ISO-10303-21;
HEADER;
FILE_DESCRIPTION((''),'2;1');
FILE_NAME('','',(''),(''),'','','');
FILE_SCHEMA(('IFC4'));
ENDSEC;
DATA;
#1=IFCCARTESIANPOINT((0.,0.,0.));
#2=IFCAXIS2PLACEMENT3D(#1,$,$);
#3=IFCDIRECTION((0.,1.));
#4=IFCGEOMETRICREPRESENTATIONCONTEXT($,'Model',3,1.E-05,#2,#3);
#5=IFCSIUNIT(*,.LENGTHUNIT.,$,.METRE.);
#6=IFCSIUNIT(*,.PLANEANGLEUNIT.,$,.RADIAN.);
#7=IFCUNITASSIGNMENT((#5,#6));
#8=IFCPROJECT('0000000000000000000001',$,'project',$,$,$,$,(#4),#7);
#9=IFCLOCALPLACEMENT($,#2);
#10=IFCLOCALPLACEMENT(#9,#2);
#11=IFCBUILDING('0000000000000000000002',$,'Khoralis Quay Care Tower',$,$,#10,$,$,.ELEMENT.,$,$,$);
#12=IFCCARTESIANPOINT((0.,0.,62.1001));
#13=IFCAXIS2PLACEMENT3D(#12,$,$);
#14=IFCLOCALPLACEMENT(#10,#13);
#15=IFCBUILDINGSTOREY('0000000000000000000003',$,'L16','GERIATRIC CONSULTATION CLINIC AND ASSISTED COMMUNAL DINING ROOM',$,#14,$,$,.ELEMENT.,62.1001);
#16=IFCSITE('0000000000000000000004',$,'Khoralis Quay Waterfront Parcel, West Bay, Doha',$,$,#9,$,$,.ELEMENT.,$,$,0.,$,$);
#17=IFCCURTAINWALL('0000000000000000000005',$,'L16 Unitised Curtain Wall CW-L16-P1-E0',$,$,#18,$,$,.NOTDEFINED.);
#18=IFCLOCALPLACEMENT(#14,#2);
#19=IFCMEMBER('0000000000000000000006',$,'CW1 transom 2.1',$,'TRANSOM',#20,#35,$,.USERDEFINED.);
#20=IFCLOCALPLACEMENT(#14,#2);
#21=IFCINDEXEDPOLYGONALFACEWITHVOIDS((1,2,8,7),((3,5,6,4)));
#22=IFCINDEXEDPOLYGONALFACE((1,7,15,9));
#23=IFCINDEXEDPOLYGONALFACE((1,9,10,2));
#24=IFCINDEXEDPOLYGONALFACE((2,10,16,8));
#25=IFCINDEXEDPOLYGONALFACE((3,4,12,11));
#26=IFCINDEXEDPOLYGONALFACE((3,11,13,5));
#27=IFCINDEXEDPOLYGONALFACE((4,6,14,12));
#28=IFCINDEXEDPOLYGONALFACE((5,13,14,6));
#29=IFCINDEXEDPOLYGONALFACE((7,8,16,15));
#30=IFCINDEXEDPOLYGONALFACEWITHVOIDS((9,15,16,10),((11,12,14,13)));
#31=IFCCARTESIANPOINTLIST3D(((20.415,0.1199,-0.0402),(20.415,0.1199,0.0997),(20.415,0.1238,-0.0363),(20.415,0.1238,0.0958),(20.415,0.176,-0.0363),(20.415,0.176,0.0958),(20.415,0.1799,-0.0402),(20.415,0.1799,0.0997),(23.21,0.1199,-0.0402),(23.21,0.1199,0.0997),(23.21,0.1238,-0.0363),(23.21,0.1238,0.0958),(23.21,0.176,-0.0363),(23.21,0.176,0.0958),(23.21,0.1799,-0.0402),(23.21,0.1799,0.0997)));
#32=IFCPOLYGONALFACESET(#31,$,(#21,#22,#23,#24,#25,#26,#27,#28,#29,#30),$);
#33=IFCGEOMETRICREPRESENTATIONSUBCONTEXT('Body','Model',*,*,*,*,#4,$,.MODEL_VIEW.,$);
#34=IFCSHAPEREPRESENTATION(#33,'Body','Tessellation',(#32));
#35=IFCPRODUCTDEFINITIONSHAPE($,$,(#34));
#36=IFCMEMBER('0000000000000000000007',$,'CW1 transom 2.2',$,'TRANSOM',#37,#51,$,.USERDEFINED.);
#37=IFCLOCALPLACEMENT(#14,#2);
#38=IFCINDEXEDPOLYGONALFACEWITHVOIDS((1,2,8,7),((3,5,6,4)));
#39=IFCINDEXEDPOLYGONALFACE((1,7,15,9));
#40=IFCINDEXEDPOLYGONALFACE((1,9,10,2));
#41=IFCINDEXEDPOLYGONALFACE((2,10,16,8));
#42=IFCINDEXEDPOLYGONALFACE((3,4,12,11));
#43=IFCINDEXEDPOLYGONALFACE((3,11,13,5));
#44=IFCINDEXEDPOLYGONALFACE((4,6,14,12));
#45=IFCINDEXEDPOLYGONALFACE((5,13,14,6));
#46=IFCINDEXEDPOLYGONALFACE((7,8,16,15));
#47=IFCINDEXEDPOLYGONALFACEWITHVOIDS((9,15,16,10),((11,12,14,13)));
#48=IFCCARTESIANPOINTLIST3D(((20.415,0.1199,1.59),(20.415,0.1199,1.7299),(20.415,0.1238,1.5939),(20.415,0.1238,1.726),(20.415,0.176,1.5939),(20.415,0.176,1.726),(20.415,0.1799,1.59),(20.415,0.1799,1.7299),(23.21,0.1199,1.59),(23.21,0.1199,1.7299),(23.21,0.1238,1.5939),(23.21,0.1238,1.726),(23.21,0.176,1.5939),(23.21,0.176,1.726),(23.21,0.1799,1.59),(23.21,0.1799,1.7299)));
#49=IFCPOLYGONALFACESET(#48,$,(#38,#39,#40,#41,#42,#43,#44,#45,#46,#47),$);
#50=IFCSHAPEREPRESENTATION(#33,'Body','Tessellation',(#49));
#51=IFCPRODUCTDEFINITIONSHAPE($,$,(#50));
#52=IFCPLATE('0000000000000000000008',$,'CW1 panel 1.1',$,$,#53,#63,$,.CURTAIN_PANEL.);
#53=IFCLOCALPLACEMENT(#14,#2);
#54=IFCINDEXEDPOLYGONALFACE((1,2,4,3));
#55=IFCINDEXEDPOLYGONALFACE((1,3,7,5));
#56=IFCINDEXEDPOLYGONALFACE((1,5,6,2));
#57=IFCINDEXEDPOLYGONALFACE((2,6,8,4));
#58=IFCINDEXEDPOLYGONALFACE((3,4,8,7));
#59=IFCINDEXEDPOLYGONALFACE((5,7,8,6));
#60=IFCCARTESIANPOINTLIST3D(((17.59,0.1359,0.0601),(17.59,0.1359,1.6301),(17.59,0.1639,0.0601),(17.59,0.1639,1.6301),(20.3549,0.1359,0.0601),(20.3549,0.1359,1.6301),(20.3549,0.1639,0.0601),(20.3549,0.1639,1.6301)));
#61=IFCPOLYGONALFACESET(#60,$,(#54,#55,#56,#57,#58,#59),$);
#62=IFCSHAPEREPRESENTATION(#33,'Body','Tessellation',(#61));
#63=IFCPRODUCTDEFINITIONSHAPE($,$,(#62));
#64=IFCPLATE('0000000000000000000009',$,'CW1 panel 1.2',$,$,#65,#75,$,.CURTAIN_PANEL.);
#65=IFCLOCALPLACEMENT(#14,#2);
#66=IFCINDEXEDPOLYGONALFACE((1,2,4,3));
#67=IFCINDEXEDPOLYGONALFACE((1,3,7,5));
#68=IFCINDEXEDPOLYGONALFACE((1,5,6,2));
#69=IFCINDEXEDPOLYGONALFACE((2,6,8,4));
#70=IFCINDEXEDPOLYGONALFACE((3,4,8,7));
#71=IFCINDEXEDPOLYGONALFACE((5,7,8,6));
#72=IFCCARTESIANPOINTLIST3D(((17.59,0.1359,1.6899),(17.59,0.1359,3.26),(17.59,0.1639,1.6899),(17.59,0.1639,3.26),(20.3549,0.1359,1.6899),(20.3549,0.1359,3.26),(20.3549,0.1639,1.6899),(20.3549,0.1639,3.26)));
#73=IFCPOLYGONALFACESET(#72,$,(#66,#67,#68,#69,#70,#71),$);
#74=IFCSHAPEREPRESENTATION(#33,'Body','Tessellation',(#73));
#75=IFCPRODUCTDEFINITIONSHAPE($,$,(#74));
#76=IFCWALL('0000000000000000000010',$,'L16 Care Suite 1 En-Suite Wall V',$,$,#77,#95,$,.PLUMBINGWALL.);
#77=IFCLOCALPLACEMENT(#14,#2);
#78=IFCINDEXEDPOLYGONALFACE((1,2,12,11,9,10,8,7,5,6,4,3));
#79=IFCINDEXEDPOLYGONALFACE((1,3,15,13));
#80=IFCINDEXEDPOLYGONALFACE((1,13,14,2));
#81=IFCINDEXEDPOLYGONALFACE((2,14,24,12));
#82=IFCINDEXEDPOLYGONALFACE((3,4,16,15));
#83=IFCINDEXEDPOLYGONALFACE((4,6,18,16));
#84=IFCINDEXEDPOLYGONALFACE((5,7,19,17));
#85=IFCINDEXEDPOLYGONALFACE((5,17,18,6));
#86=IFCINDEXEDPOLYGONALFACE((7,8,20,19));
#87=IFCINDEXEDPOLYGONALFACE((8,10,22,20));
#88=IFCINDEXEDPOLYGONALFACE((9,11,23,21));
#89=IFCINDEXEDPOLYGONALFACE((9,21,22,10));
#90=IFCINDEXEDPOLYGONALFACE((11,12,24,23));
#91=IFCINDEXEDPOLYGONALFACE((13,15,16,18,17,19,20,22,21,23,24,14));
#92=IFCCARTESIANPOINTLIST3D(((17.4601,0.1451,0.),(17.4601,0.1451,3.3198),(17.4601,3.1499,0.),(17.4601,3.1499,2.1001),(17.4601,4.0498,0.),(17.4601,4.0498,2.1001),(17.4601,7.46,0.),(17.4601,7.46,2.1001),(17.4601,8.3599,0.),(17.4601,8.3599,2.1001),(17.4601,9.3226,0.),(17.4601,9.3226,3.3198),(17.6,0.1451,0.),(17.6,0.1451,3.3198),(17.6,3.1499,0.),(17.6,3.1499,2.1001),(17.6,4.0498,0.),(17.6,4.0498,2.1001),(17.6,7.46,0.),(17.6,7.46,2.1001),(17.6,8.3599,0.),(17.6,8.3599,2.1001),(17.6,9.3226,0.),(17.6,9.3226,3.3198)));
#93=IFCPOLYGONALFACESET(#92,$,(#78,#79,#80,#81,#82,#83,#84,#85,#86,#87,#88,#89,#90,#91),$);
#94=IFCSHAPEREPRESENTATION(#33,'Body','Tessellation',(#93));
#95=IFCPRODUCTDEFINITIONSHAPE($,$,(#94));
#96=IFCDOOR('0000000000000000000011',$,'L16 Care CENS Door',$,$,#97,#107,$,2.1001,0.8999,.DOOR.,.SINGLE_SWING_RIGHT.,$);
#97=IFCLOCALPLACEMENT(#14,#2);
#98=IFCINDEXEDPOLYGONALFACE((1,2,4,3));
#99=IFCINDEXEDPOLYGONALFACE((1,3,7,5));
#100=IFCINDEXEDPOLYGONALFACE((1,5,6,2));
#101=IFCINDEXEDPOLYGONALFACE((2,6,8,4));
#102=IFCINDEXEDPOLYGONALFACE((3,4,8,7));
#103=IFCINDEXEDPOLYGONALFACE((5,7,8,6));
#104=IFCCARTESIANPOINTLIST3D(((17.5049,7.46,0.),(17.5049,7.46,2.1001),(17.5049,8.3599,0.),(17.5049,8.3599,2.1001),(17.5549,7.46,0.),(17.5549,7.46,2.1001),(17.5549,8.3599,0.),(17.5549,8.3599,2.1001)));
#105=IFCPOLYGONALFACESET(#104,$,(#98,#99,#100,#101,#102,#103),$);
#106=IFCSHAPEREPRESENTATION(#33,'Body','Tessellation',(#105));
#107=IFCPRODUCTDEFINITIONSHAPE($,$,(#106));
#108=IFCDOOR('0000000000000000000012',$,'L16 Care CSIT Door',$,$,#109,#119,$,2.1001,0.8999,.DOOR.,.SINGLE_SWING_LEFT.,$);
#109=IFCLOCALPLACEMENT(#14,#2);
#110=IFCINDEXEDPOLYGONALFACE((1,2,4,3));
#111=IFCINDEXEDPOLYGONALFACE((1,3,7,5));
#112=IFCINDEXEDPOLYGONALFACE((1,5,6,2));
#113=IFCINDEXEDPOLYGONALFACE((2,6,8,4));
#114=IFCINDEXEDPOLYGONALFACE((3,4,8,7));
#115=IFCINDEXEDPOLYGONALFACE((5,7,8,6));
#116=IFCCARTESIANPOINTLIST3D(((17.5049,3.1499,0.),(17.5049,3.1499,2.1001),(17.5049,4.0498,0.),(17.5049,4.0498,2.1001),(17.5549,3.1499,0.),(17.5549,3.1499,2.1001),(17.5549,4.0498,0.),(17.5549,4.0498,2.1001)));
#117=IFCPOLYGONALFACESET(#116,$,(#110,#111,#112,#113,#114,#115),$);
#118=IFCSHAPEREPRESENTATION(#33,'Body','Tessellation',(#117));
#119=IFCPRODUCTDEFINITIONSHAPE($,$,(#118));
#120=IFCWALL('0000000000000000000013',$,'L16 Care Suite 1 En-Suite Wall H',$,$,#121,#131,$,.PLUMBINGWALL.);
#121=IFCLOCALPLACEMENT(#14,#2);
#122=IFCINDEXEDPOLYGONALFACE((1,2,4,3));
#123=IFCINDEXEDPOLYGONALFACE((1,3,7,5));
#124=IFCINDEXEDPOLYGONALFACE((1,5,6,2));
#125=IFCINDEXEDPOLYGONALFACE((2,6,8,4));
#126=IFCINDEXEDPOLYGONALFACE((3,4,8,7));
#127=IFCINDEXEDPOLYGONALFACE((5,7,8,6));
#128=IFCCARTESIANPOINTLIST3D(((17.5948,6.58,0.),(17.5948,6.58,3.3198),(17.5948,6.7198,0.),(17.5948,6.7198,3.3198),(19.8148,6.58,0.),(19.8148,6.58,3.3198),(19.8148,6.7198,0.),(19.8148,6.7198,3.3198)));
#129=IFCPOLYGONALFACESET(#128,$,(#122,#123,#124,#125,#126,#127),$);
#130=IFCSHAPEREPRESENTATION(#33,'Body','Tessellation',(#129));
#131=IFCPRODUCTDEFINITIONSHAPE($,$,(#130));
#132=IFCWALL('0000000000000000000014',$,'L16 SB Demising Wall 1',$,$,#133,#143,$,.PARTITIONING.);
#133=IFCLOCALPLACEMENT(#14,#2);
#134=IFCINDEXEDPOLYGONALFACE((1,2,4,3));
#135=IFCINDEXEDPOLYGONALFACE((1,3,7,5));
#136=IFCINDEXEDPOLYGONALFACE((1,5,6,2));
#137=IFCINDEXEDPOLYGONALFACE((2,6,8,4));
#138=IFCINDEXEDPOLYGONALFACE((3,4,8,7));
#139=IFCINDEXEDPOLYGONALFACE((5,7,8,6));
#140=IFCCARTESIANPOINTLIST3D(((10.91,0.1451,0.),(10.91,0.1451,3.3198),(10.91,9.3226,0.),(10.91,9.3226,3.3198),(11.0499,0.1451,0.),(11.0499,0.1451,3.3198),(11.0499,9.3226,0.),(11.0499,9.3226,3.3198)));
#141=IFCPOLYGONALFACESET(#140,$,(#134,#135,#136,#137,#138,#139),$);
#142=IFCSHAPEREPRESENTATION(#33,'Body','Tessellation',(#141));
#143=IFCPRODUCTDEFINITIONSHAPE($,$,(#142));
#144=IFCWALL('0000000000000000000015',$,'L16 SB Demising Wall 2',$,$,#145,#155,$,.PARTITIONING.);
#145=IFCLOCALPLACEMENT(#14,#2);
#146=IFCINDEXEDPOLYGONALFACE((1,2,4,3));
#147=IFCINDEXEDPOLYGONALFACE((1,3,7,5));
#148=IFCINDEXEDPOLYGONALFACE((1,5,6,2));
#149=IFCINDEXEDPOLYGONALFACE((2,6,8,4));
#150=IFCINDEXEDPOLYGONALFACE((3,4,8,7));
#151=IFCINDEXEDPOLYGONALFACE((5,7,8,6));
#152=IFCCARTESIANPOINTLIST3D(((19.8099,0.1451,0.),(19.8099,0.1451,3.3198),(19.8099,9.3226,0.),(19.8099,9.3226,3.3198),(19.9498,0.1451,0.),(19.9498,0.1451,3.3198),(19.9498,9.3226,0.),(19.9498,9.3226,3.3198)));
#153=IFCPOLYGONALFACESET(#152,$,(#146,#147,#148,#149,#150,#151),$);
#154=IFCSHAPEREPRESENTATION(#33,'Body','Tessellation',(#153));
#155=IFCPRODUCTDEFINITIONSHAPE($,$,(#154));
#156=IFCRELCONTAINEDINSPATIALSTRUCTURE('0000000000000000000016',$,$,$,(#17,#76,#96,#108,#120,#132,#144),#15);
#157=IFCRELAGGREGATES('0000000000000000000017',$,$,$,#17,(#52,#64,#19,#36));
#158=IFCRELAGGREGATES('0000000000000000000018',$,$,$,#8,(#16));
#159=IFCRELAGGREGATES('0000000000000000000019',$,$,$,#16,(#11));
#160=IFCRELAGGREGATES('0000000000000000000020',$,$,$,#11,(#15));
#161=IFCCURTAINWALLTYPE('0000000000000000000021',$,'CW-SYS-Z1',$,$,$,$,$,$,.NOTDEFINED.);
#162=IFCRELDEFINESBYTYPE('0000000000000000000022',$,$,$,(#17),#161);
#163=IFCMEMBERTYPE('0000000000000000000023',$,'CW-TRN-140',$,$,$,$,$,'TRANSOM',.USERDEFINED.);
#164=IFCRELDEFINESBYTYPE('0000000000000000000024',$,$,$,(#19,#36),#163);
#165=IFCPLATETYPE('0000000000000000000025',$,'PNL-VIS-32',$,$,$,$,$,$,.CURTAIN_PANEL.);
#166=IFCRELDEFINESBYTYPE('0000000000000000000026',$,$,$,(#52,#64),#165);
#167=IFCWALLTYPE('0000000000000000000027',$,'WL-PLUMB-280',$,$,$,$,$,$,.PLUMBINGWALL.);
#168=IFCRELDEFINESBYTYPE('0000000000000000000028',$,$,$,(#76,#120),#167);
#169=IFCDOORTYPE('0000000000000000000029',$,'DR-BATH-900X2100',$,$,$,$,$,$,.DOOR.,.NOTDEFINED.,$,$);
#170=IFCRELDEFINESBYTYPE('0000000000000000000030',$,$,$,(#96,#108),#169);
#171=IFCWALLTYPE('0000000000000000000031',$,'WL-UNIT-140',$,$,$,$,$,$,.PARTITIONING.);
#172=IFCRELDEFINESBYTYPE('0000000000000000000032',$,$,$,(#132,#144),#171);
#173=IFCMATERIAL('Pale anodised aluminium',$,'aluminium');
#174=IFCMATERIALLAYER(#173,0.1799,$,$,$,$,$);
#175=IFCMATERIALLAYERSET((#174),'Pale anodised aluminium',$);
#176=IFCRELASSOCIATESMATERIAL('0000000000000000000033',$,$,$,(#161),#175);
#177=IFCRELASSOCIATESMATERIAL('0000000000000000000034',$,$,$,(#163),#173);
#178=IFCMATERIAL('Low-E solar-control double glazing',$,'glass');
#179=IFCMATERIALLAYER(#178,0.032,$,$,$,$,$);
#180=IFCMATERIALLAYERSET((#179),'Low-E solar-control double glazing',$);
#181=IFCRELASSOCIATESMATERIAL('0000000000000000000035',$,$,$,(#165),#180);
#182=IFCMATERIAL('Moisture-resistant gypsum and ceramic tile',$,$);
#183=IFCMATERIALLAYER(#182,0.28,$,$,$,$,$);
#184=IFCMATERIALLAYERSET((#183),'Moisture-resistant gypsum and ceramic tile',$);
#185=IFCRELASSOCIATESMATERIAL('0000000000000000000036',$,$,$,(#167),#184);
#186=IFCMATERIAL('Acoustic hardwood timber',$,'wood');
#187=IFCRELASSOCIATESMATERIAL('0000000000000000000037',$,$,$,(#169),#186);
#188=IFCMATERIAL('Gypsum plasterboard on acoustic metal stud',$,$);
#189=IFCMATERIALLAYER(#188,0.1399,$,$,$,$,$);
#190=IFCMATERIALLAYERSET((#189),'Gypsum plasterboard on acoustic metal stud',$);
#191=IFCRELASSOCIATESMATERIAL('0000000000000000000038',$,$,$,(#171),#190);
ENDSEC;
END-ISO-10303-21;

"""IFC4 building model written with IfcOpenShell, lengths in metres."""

from ifc_helpers import new_model, si_unit, direction, frame, frame_2d, origin, origin_2d, place, context, subcontext, project, spatial, rectangle, hollow_rectangle, extrude, source, transform, mapped, material, layer, layer_set, material_profile, profile_set, type_object, element, fill, aggregate, save


model = new_model("IFC4")

# Units and contexts
model_context = context("Model", 3, precision=1e-05, world=origin(), true_north=direction((0.0, 1.0)))
body_context = subcontext(model_context, "Body", "Model", "MODEL_VIEW")
ifc_project = project(units=[si_unit("LENGTHUNIT", "METRE"), si_unit("PLANEANGLEUNIT", "RADIAN")], contexts=[model_context])

# Site, building, storey
site_placement = place(None, origin())
site = spatial("IfcSite", under=ifc_project, at=site_placement, Name="Khoralis Quay Waterfront Parcel, West Bay, Doha", CompositionType="ELEMENT", RefElevation=0.0)
building_placement = place(site_placement, origin())
building = spatial("IfcBuilding", under=site, at=building_placement, Name="Khoralis Quay Care Tower", CompositionType="ELEMENT")
storey_placement = place(building_placement, frame((0.0, 0.0, 62.1001)))
storey = spatial("IfcBuildingStorey", under=building, at=storey_placement, Name="L16", Description="GERIATRIC CONSULTATION CLINIC AND ASSISTED COMMUNAL DINING ROOM", CompositionType="ELEMENT", Elevation=62.1001)

# Curtain wall, members, plates
ifc_material_1 = material(Name="Pale anodised aluminium", Category="aluminium")
ifc_layer_1 = layer(ifc_material_1, 0.1799)
ifc_layer_set_1 = layer_set([ifc_layer_1], Name="Pale anodised aluminium")
curtain_wall_type = type_object("IfcCurtainWallType", Name="CW-SYS-Z1", PredefinedType="NOTDEFINED", material=ifc_layer_set_1)
curtain_wall_placement = place(storey_placement, origin())
curtain_wall = element("IfcCurtainWall", 1, at=curtain_wall_placement, inside=storey, type_object=curtain_wall_type, Name="L16 Unitised Curtain Wall CW-L16-P1-E0", PredefinedType="NOTDEFINED")
ifc_material_profile_1 = material_profile(ifc_material_1, hollow_rectangle(XDim=0.0601, YDim=0.1399, WallThickness=0.0039, at=origin_2d()), Name="Pale anodised aluminium")
ifc_profile_set_1 = profile_set([ifc_material_profile_1], Name="Pale anodised aluminium")
member_type_1 = type_object("IfcMemberType", Name="CW-TRN-140", ElementType="TRANSOM", PredefinedType="USERDEFINED", material=ifc_profile_set_1)
shared_shape_1 = source(origin(), body_context, "Body", "SweptSolid", [
    extrude(hollow_rectangle(XDim=0.0601, YDim=0.1399, WallThickness=0.0039, at=origin_2d()), origin(), (0.0, 0.0, 1.0), 2.7949),
])
member_1_placement = place(storey_placement, frame((20.415, 0.1499, 0.0298), z_axis=(1.0, 0.0, 0.0), x_axis=(0.0, 1.0, 0.0)))
member_1 = element("IfcMember", 2, at=member_1_placement, type_object=member_type_1, Name="CW1 transom 2.1", ObjectType="TRANSOM", PredefinedType="USERDEFINED", context=body_context, shape_type="MappedRepresentation", body=[
    mapped(shared_shape_1, transform((0.0, 0.0, 0.0), scale=1.0)),
])
member_2_placement = place(storey_placement, frame((20.415, 0.1499, 1.6599), z_axis=(1.0, 0.0, 0.0), x_axis=(0.0, 1.0, 0.0)))
member_2 = element("IfcMember", 3, at=member_2_placement, type_object=member_type_1, Name="CW1 transom 2.2", ObjectType="TRANSOM", PredefinedType="USERDEFINED", context=body_context, shape_type="MappedRepresentation", body=[
    mapped(shared_shape_1, transform((0.0, 0.0, 0.0), scale=1.0)),
])
ifc_material_2 = material(Name="Low-E solar-control double glazing", Category="glass")
ifc_layer_2 = layer(ifc_material_2, 0.032)
ifc_layer_set_2 = layer_set([ifc_layer_2], Name="Low-E solar-control double glazing")
plate_type = type_object("IfcPlateType", Name="PNL-VIS-32", PredefinedType="CURTAIN_PANEL", material=ifc_layer_set_2)
shared_shape_2 = source(origin(), body_context, "Body", "SweptSolid", [
    extrude(rectangle(XDim=2.7649, YDim=0.0281, at=origin_2d()), origin(), (0.0, 0.0, 1.0), 1.5701),
])
plate_1_placement = place(storey_placement, frame((18.9724, 0.1499, 0.0601), z_axis=(0.0, 0.0, 1.0), x_axis=(1.0, 0.0, 0.0)))
plate_1 = element("IfcPlate", 4, at=plate_1_placement, type_object=plate_type, Name="CW1 panel 1.1", PredefinedType="CURTAIN_PANEL", context=body_context, shape_type="MappedRepresentation", body=[
    mapped(shared_shape_2, transform((0.0, 0.0, 0.0), scale=1.0)),
])
plate_2_placement = place(storey_placement, frame((18.9724, 0.1499, 1.6899), z_axis=(0.0, 0.0, 1.0), x_axis=(1.0, 0.0, 0.0)))
plate_2 = element("IfcPlate", 5, at=plate_2_placement, type_object=plate_type, Name="CW1 panel 1.2", PredefinedType="CURTAIN_PANEL", context=body_context, shape_type="MappedRepresentation", body=[
    mapped(shared_shape_2, transform((0.0, 0.0, 0.0), scale=1.0)),
])
aggregate(curtain_wall, [plate_1, plate_2, member_1, member_2])

# Wall, openings, doors
ifc_material_3 = material(Name="Moisture-resistant gypsum and ceramic tile")
ifc_layer_3 = layer(ifc_material_3, 0.28)
ifc_layer_set_3 = layer_set([ifc_layer_3], Name="Moisture-resistant gypsum and ceramic tile")
wall_type_1 = type_object("IfcWallType", Name="WL-PLUMB-280", PredefinedType="PLUMBINGWALL", material=ifc_layer_set_3)
wall_1_placement = place(storey_placement, frame((17.53, 0.145, 0.0), z_axis=(0.0, 0.0, 1.0), x_axis=(0.0, 1.0, 0.0)))
wall_1 = element("IfcWall", 6, at=wall_1_placement, inside=storey, type_object=wall_type_1, Name="L16 Care Suite 1 En-Suite Wall V", PredefinedType="PLUMBINGWALL", context=body_context, shape_type="SweptSolid", body=[
    extrude(rectangle(XDim=9.1775, YDim=0.1399, at=frame_2d((4.5889, 0.0))), origin(), (0.0, 0.0, 1.0), 3.3198),
])
opening_1_placement = place(wall_1_placement, frame((7.3149, 0.0, 0.0)))
opening_1 = element("IfcOpeningElement", 7, at=opening_1_placement, cuts=wall_1, PredefinedType="OPENING", context=body_context, shape_type="SweptSolid", body=[
    extrude(rectangle(XDim=0.8999, YDim=2.1001, at=frame_2d((0.45, 1.05))), frame((0.0, 0.0801, 0.0), z_axis=(0.0, -1.0, 0.0), x_axis=(1.0, 0.0, 0.0)), (0.0, 0.0, 1.0), 0.1599),
])
opening_2_placement = place(wall_1_placement, frame((3.0049, 0.0, 0.0)))
opening_2 = element("IfcOpeningElement", 8, at=opening_2_placement, cuts=wall_1, PredefinedType="OPENING", context=body_context, shape_type="SweptSolid", body=[
    extrude(rectangle(XDim=0.8999, YDim=2.1001, at=frame_2d((0.45, 1.05))), frame((0.0, 0.0801, 0.0), z_axis=(0.0, -1.0, 0.0), x_axis=(1.0, 0.0, 0.0)), (0.0, 0.0, 1.0), 0.1599),
])
ifc_material_4 = material(Name="Acoustic hardwood timber", Category="wood")
door_type = type_object("IfcDoorType", Name="DR-BATH-900X2100", OperationType="NOTDEFINED", PredefinedType="DOOR", material=ifc_material_4)
shared_shape_3 = source(origin(), body_context, "Body", "SweptSolid", [
    extrude(rectangle(XDim=0.8999, YDim=2.1001, at=frame_2d((0.45, 1.05))), frame((0.0, 0.0249, 0.0), z_axis=(0.0, -1.0, 0.0), x_axis=(1.0, 0.0, 0.0)), (0.0, 0.0, 1.0), 0.05),
])
door_1_placement = place(opening_1_placement, frame((0.8999, 0.0, 0.0), z_axis=(0.0, 0.0, 1.0), x_axis=(-1.0, 0.0, 0.0)))
door_1 = element("IfcDoor", 9, at=door_1_placement, inside=storey, type_object=door_type, Name="L16 Care CENS Door", OperationType="SINGLE_SWING_RIGHT", OverallHeight=2.1001, OverallWidth=0.8999, PredefinedType="DOOR", context=body_context, shape_type="MappedRepresentation", body=[
    mapped(shared_shape_3, transform((0.0, 0.0, 0.0), scale=1.0)),
])
fill(opening_1, door_1)
door_2_placement = place(opening_2_placement, frame((0.8999, 0.0, 0.0), z_axis=(0.0, 0.0, 1.0), x_axis=(-1.0, 0.0, 0.0)))
door_2 = element("IfcDoor", 10, at=door_2_placement, inside=storey, type_object=door_type, Name="L16 Care CSIT Door", OperationType="SINGLE_SWING_LEFT", OverallHeight=2.1001, OverallWidth=0.8999, PredefinedType="DOOR", context=body_context, shape_type="MappedRepresentation", body=[
    mapped(shared_shape_3, transform((0.0, 0.0, 0.0), scale=1.0)),
])
fill(opening_2, door_2)

# Walls
wall_2_placement = place(storey_placement, frame((17.595, 6.6499, 0.0), z_axis=(0.0, 0.0, 1.0), x_axis=(1.0, 0.0, 0.0)))
element("IfcWall", 11, at=wall_2_placement, inside=storey, type_object=wall_type_1, Name="L16 Care Suite 1 En-Suite Wall H", PredefinedType="PLUMBINGWALL", context=body_context, shape_type="SweptSolid", body=[
    extrude(rectangle(XDim=2.22, YDim=0.1399, at=frame_2d((1.1099, 0.0))), origin(), (0.0, 0.0, 1.0), 3.3198),
])
ifc_material_5 = material(Name="Gypsum plasterboard on acoustic metal stud")
ifc_layer_4 = layer(ifc_material_5, 0.1399)
ifc_layer_set_4 = layer_set([ifc_layer_4], Name="Gypsum plasterboard on acoustic metal stud")
wall_type_2 = type_object("IfcWallType", Name="WL-UNIT-140", PredefinedType="PARTITIONING", material=ifc_layer_set_4)
for number, where, z_axis, x_axis, name in (
    (12, (10.98, 0.145, 0.0), (0.0, 0.0, 1.0), (0.0, 1.0, 0.0), "L16 SB Demising Wall 1"),
    (13, (19.8799, 0.145, 0.0), (0.0, 0.0, 1.0), (0.0, 1.0, 0.0), "L16 SB Demising Wall 2"),
):
    element("IfcWall", number, at=place(storey_placement, frame(where, z_axis=z_axis, x_axis=x_axis)), inside=storey, type_object=wall_type_2, Name=name, PredefinedType="PARTITIONING", context=body_context, shape_type="SweptSolid", body=[
        extrude(rectangle(XDim=9.1775, YDim=0.1399, at=frame_2d((4.5889, 0.0))), origin(), (0.0, 0.0, 1.0), 3.3198),
    ])

save(model, "model.ifc")
